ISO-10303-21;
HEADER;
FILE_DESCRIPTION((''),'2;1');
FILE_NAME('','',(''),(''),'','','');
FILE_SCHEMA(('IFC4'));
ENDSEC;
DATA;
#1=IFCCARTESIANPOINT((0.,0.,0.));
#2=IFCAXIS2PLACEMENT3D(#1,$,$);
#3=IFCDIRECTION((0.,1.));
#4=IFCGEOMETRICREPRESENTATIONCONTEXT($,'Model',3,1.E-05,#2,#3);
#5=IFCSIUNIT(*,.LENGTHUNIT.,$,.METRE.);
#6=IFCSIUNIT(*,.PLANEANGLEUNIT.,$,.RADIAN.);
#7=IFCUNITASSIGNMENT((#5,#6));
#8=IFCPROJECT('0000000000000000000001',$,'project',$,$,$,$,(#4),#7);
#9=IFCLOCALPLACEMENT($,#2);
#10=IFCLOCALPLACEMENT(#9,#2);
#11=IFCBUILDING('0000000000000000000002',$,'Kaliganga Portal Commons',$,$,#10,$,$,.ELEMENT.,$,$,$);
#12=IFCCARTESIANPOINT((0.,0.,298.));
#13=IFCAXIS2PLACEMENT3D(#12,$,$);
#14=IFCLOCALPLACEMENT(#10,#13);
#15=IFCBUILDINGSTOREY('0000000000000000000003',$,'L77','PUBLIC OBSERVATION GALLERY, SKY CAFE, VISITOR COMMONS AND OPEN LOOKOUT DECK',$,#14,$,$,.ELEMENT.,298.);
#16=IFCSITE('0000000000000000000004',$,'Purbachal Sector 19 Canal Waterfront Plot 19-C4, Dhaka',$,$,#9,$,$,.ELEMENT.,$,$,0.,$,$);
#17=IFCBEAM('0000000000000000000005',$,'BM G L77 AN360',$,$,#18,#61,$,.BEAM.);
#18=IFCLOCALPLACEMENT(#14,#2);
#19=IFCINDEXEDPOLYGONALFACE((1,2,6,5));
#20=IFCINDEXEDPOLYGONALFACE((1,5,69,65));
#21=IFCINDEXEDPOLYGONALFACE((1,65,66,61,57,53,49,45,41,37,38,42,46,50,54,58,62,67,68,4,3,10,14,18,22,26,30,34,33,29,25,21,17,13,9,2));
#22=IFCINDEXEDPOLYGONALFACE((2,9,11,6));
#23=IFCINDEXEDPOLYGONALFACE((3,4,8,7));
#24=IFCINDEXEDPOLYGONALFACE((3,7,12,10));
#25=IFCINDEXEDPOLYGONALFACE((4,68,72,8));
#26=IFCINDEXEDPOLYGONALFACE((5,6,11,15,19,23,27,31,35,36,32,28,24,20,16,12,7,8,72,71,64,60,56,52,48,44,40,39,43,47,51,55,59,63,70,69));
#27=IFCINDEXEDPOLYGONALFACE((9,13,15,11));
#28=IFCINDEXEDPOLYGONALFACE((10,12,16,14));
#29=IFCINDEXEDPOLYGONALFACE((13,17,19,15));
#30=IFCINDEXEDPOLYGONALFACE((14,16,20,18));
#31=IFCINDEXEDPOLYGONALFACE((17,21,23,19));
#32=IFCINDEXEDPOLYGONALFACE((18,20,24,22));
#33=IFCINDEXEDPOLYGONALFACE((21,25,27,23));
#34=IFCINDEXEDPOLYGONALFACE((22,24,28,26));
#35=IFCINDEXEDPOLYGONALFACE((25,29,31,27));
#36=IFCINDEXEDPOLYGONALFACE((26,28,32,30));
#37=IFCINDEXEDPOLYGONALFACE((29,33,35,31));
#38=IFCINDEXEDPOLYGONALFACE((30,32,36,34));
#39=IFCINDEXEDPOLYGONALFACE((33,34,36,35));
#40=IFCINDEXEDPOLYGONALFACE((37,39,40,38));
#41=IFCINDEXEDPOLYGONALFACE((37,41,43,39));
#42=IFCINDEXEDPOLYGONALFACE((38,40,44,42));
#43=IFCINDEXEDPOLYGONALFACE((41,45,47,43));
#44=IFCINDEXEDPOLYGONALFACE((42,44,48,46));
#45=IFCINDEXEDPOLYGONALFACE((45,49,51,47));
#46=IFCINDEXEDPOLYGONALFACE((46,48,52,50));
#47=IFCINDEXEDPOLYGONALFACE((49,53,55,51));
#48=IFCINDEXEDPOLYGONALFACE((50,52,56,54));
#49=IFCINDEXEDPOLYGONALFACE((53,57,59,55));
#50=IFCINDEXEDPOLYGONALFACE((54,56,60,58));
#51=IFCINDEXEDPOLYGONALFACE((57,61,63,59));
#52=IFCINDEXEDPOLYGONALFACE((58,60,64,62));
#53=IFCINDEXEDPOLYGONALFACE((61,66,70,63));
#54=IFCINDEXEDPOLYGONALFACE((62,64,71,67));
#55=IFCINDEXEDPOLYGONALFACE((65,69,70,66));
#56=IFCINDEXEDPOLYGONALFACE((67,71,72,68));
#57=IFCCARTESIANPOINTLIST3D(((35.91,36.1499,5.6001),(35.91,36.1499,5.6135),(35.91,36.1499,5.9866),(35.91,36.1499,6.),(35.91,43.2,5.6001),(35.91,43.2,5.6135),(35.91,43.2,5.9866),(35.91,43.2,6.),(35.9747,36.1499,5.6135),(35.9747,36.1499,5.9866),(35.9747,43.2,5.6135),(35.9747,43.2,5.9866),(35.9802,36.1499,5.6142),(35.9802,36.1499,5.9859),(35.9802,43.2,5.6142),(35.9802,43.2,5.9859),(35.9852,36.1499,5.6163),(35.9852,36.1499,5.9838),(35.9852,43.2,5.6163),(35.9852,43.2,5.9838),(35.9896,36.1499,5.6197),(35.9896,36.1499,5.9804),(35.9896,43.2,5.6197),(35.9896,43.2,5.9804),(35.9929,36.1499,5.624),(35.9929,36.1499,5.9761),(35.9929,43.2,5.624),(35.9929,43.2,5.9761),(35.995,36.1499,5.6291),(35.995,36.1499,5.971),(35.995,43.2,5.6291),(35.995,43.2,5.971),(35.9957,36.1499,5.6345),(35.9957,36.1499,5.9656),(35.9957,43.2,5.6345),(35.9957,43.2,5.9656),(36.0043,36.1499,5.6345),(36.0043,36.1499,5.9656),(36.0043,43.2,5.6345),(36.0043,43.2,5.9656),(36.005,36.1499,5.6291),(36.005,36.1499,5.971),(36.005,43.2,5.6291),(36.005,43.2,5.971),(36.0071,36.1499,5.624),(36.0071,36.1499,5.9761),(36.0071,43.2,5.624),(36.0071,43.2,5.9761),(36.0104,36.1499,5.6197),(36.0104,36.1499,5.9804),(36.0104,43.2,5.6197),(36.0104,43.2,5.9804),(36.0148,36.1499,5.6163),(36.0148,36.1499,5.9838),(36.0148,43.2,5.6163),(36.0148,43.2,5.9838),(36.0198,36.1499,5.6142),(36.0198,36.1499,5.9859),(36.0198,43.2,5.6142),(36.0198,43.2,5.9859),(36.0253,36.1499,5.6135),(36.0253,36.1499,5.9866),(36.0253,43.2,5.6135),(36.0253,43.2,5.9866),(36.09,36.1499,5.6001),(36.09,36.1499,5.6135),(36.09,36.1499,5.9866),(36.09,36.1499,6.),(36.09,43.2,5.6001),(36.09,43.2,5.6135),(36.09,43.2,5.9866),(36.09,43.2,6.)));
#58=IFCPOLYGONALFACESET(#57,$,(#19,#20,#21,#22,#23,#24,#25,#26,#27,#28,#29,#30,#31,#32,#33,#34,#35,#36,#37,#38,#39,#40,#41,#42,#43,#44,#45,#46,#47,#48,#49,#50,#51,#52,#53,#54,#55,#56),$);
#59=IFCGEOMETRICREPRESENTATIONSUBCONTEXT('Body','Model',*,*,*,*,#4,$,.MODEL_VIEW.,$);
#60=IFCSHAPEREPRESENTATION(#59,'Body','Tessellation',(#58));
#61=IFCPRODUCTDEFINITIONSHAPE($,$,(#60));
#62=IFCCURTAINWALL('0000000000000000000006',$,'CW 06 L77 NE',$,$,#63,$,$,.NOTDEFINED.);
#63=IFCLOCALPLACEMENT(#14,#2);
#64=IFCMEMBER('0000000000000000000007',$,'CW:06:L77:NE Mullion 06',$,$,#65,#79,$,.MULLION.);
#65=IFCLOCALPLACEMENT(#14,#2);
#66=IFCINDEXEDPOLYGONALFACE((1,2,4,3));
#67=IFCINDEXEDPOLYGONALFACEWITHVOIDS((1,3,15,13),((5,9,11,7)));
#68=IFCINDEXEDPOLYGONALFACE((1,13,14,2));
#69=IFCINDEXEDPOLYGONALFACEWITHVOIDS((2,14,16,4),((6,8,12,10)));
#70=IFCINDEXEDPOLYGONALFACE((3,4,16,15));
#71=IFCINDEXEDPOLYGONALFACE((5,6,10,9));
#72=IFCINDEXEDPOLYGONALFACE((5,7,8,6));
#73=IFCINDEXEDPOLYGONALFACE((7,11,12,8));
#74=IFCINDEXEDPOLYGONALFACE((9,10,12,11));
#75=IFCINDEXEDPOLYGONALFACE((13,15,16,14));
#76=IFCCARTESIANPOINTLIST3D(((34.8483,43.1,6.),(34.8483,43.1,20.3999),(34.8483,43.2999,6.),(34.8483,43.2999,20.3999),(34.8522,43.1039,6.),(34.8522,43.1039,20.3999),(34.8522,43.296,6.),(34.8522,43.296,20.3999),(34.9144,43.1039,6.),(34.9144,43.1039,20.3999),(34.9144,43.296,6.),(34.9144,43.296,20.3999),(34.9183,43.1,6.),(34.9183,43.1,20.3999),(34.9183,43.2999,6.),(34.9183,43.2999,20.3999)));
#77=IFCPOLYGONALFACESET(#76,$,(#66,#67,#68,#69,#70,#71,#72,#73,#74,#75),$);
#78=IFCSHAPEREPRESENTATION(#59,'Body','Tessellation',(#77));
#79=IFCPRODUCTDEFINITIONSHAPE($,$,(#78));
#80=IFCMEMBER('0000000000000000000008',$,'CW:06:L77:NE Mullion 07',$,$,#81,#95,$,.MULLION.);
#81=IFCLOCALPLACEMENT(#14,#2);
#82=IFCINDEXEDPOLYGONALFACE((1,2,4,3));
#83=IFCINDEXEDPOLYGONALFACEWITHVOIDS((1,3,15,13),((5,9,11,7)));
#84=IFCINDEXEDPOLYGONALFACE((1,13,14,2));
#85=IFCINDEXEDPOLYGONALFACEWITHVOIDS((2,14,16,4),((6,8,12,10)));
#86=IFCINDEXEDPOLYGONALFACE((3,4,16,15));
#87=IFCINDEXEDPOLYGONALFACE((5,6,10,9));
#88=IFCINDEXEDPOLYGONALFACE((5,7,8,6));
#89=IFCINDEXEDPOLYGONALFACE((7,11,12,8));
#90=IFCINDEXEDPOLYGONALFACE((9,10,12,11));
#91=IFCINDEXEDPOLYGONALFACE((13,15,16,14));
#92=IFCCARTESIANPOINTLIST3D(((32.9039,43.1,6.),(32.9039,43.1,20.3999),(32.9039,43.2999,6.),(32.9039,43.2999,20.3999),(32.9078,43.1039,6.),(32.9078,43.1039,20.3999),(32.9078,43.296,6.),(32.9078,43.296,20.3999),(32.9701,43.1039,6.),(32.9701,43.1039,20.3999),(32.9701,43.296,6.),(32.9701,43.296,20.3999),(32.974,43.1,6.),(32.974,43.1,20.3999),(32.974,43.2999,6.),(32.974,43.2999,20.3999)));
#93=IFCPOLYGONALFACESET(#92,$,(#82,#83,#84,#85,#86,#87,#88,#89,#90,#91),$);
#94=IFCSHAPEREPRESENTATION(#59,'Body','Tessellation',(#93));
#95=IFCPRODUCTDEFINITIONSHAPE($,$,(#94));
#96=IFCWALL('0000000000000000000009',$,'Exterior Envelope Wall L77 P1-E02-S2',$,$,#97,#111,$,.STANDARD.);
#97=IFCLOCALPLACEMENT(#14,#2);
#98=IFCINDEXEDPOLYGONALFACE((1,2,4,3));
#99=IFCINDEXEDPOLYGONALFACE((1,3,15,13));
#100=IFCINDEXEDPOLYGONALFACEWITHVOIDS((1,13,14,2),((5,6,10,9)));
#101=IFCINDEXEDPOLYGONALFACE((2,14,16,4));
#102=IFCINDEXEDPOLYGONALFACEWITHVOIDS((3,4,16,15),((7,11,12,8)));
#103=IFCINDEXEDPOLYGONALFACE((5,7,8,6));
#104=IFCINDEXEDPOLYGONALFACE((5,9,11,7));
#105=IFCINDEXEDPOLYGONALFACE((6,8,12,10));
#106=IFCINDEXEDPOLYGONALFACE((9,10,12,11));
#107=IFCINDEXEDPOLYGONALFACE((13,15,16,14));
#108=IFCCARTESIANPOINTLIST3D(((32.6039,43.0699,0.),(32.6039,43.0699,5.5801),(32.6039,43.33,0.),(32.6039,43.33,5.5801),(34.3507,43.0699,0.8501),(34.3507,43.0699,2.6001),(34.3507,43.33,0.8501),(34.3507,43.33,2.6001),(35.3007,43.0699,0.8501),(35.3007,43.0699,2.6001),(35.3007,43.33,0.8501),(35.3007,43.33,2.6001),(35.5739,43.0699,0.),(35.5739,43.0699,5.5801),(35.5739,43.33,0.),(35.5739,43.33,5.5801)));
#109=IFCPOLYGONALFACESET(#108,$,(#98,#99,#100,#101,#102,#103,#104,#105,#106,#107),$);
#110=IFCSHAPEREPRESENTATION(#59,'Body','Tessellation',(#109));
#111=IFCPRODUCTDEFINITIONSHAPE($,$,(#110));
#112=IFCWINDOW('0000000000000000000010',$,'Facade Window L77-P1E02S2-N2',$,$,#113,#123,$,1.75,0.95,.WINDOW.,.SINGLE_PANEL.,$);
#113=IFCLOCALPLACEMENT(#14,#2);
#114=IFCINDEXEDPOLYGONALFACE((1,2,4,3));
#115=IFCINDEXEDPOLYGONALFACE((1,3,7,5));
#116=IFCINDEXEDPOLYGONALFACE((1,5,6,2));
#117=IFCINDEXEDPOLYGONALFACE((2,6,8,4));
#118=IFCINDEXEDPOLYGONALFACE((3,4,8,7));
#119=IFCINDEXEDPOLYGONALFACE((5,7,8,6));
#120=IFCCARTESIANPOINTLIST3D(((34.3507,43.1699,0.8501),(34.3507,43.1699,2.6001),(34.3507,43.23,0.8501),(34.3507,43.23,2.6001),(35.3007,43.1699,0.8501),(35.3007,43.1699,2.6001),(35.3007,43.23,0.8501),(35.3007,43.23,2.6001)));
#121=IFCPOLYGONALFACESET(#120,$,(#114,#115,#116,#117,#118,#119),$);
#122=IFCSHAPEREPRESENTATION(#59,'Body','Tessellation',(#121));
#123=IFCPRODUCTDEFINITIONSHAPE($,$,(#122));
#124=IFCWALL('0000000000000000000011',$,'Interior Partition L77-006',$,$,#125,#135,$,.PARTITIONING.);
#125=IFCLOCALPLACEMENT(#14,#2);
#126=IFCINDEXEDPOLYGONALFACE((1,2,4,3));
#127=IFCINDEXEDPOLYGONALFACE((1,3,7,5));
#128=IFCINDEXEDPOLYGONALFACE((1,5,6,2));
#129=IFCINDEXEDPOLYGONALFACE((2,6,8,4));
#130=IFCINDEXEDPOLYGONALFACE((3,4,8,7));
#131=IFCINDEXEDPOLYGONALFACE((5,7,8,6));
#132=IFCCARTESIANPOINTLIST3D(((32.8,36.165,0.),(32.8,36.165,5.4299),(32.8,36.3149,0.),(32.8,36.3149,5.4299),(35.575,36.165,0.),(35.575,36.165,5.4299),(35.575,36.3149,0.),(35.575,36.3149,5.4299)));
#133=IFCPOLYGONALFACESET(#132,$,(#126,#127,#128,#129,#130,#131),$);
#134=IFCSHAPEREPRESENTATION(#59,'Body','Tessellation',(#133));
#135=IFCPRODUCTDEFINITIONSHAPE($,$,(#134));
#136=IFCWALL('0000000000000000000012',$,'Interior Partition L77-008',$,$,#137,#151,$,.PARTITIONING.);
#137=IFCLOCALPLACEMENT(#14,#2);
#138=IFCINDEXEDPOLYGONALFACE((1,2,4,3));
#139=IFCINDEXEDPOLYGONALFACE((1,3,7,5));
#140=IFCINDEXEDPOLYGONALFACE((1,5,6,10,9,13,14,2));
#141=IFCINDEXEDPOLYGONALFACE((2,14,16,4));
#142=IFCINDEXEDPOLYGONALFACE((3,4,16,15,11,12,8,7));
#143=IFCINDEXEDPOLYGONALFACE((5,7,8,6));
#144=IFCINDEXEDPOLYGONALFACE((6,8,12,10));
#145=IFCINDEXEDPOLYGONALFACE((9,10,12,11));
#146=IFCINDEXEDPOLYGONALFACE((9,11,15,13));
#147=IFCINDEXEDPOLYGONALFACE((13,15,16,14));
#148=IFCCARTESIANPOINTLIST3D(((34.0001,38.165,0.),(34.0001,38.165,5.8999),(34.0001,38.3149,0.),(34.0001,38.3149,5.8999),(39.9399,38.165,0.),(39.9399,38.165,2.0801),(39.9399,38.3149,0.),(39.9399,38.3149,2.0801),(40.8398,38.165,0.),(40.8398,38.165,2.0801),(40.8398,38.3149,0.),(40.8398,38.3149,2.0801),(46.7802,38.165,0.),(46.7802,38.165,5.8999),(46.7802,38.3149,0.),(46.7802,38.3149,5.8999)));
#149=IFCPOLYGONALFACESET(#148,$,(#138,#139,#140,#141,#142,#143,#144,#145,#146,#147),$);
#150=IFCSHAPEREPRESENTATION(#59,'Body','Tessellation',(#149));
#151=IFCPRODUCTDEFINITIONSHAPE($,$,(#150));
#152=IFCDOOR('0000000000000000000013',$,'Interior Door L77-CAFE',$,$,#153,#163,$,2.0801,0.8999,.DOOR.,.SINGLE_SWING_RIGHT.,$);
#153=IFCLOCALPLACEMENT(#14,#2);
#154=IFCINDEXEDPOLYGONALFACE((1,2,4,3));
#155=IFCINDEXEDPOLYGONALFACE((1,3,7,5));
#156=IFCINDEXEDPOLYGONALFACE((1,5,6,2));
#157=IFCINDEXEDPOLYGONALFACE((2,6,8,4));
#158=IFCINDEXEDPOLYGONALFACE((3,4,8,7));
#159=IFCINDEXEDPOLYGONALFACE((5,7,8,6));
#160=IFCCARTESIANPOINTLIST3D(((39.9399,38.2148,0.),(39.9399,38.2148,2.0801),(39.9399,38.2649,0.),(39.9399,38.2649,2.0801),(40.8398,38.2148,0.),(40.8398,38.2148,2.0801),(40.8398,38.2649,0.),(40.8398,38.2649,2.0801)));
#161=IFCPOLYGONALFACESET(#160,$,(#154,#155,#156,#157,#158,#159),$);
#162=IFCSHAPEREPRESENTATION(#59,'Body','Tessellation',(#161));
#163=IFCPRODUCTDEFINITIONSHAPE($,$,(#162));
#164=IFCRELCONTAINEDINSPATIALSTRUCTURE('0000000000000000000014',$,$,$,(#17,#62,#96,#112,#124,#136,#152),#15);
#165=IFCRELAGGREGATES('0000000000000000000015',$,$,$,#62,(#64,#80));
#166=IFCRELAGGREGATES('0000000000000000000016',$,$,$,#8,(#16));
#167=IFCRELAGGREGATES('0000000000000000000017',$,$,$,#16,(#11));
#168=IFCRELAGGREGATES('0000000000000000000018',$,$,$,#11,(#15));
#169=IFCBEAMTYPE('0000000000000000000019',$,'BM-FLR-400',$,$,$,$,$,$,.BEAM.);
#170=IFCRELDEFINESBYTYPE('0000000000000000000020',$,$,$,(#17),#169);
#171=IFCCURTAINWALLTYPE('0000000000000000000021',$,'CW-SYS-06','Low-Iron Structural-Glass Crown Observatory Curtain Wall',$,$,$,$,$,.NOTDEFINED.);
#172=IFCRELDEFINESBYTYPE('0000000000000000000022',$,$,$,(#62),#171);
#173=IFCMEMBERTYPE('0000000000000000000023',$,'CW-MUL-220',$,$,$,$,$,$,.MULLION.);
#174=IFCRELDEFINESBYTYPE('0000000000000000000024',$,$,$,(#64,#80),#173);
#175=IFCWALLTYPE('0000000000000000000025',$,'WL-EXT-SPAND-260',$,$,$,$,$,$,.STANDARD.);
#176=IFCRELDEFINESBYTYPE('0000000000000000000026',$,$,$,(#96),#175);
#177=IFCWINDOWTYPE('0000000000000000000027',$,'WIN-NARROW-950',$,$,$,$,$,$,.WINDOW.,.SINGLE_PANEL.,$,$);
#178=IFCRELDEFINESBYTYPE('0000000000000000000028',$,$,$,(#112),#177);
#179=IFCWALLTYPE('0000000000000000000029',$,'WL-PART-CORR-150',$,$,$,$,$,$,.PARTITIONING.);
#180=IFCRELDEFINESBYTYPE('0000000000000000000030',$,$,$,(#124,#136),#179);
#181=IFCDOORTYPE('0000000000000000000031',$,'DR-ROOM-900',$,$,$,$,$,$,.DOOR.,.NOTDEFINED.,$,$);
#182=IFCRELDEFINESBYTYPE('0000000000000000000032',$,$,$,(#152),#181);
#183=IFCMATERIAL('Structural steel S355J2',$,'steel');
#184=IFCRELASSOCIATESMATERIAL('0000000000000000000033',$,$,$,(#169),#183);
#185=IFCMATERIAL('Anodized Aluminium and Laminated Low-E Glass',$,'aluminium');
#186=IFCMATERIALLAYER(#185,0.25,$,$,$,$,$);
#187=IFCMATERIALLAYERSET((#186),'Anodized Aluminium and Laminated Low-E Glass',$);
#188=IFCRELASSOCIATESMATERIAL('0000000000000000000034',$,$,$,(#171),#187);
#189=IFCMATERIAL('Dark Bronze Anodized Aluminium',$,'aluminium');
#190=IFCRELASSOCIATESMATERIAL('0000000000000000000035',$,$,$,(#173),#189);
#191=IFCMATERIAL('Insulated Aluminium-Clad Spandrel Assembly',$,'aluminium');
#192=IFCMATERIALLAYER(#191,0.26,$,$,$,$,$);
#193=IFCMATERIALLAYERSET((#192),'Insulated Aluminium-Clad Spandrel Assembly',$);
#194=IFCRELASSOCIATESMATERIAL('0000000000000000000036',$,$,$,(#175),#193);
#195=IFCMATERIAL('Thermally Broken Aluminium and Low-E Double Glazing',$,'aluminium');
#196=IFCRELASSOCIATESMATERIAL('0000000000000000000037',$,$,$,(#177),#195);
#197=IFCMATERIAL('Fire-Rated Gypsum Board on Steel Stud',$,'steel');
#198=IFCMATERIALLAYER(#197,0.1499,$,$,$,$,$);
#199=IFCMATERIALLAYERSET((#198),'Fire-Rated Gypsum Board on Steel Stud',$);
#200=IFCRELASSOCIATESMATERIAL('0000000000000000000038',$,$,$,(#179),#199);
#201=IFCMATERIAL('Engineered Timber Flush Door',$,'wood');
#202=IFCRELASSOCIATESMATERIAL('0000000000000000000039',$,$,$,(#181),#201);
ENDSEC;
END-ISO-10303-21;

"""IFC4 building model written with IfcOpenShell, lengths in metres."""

from ifc_helpers import new_model, si_unit, direction, frame, frame_2d, origin, origin_2d, place, context, subcontext, project, spatial, rectangle, hollow_rectangle, i_section, extrude, source, transform, mapped, material, layer, layer_set, material_profile, profile_set, type_object, element, fill, aggregate, save


model = new_model("IFC4")

# Units and contexts
model_context = context("Model", 3, precision=1e-05, world=origin(), true_north=direction((0.0, 1.0)))
body_context = subcontext(model_context, "Body", "Model", "MODEL_VIEW")
ifc_project = project(units=[si_unit("LENGTHUNIT", "METRE"), si_unit("PLANEANGLEUNIT", "RADIAN")], contexts=[model_context])

# Site, building, storey
site_placement = place(None, origin())
site = spatial("IfcSite", under=ifc_project, at=site_placement, Name="Purbachal Sector 19 Canal Waterfront Plot 19-C4, Dhaka", CompositionType="ELEMENT", RefElevation=0.0)
building_placement = place(site_placement, origin())
building = spatial("IfcBuilding", under=site, at=building_placement, Name="Kaliganga Portal Commons", CompositionType="ELEMENT")
storey_placement = place(building_placement, frame((0.0, 0.0, 298.0)))
storey = spatial("IfcBuildingStorey", under=building, at=storey_placement, Name="L77", Description="PUBLIC OBSERVATION GALLERY, SKY CAFE, VISITOR COMMONS AND OPEN LOOKOUT DECK", CompositionType="ELEMENT", Elevation=298.0)

# Beam
ifc_material_1 = material(Name="Structural steel S355J2", Category="steel")
ifc_material_profile_1 = material_profile(ifc_material_1, i_section(OverallWidth=0.1799, OverallDepth=0.3999, WebThickness=0.0085, FlangeThickness=0.0134, FilletRadius=0.021, at=origin_2d()), Name="IPE 400")
ifc_profile_set_1 = profile_set([ifc_material_profile_1], Name="Structural steel S355J2 wide-flange")
beam_type_1 = type_object("IfcBeamType", Name="BM-FLR-400", PredefinedType="BEAM", material=ifc_profile_set_1)
shared_shape_1 = source(origin(), body_context, "Body", "SweptSolid", [
    extrude(i_section(OverallWidth=0.1799, OverallDepth=0.3999, WebThickness=0.0085, FlangeThickness=0.0134, FilletRadius=0.021, at=origin_2d()), origin(), (0.0, 0.0, 1.0), 7.05),
])
beam_1_placement = place(storey_placement, frame((36.0, 36.1499, 5.8), z_axis=(0.0, 1.0, 0.0), x_axis=(-1.0, 0.0, 0.0)))
element("IfcBeam", 1, at=beam_1_placement, inside=storey, type_object=beam_type_1, Name="BM G L77 AN360", PredefinedType="BEAM", context=body_context, shape_type="MappedRepresentation", body=[
    mapped(shared_shape_1, transform((0.0, 0.0, 0.0), x_axis=(1.0, 0.0, 0.0), y_axis=(0.0, 1.0, 0.0), z_axis=(0.0, 0.0, 1.0), scale=1.0)),
])

# Curtain wall, members
ifc_material_2 = material(Name="Anodized Aluminium and Laminated Low-E Glass", Category="aluminium")
ifc_layer_1 = layer(ifc_material_2, 0.25)
ifc_layer_set_1 = layer_set([ifc_layer_1], Name="Anodized Aluminium and Laminated Low-E Glass")
curtain_wall_type = type_object("IfcCurtainWallType", Name="CW-SYS-06", Description="Low-Iron Structural-Glass Crown Observatory Curtain Wall", PredefinedType="NOTDEFINED", material=ifc_layer_set_1)
curtain_wall_placement = place(storey_placement, origin())
curtain_wall = element("IfcCurtainWall", 2, at=curtain_wall_placement, inside=storey, type_object=curtain_wall_type, Name="CW 06 L77 NE", PredefinedType="NOTDEFINED")
ifc_material_3 = material(Name="Dark Bronze Anodized Aluminium", Category="aluminium")
ifc_material_profile_2 = material_profile(ifc_material_3, hollow_rectangle(XDim=0.0701, YDim=0.2, WallThickness=0.0039, at=origin_2d()), Name="ALU MULL 70x200x4")
ifc_profile_set_2 = profile_set([ifc_material_profile_2], Name="Dark Bronze Anodized Aluminium")
member_type = type_object("IfcMemberType", Name="CW-MUL-220", PredefinedType="MULLION", material=ifc_profile_set_2)
shared_shape_2 = source(origin(), body_context, "Body", "SweptSolid", [
    extrude(hollow_rectangle(XDim=0.0701, YDim=0.2, WallThickness=0.0039, at=origin_2d()), origin(), (0.0, 0.0, 1.0), 14.3999),
])
member_1_placement = place(storey_placement, frame((34.8833, 43.2, 6.0), z_axis=(0.0, 0.0, 1.0), x_axis=(-1.0, 0.0, 0.0)))
member_1 = element("IfcMember", 3, at=member_1_placement, type_object=member_type, Name="CW:06:L77:NE Mullion 06", PredefinedType="MULLION", context=body_context, shape_type="MappedRepresentation", body=[
    mapped(shared_shape_2, transform((0.0, 0.0, 0.0), x_axis=(1.0, 0.0, 0.0), y_axis=(0.0, 1.0, 0.0), z_axis=(0.0, 0.0, 1.0), scale=1.0)),
])
member_2_placement = place(storey_placement, frame((32.939, 43.2, 6.0), z_axis=(0.0, 0.0, 1.0), x_axis=(-1.0, 0.0, 0.0)))
member_2 = element("IfcMember", 4, at=member_2_placement, type_object=member_type, Name="CW:06:L77:NE Mullion 07", PredefinedType="MULLION", context=body_context, shape_type="MappedRepresentation", body=[
    mapped(shared_shape_2, transform((0.0, 0.0, 0.0), x_axis=(1.0, 0.0, 0.0), y_axis=(0.0, 1.0, 0.0), z_axis=(0.0, 0.0, 1.0), scale=1.0)),
])
aggregate(curtain_wall, [member_1, member_2])

# Wall, opening, window
ifc_material_4 = material(Name="Insulated Aluminium-Clad Spandrel Assembly", Category="aluminium")
ifc_layer_2 = layer(ifc_material_4, 0.26)
ifc_layer_set_2 = layer_set([ifc_layer_2], Name="Insulated Aluminium-Clad Spandrel Assembly")
wall_type_1 = type_object("IfcWallType", Name="WL-EXT-SPAND-260", PredefinedType="STANDARD", material=ifc_layer_set_2)
wall_1_placement = place(storey_placement, frame((32.604, 43.2, 0.0), z_axis=(0.0, 0.0, 1.0), x_axis=(1.0, 0.0, 0.0)))
wall_1 = element("IfcWall", 5, at=wall_1_placement, inside=storey, type_object=wall_type_1, Name="Exterior Envelope Wall L77 P1-E02-S2", PredefinedType="STANDARD", context=body_context, shape_type="SweptSolid", body=[
    extrude(rectangle(XDim=2.97, YDim=0.26, at=frame_2d((1.4849, 0.0))), origin(), (0.0, 0.0, 1.0), 5.5801),
])
opening_1_placement = place(wall_1_placement, frame((1.7466, 0.0, 0.8501)))
opening_1 = element("IfcOpeningElement", 6, at=opening_1_placement, cuts=wall_1, PredefinedType="OPENING", context=body_context, shape_type="SweptSolid", body=[
    extrude(rectangle(XDim=0.95, YDim=1.75, at=frame_2d((0.4751, 0.875))), frame((0.0, 0.1401, 0.0), z_axis=(0.0, -1.0, 0.0), x_axis=(1.0, 0.0, 0.0)), (0.0, 0.0, 1.0), 0.28),
])
ifc_material_5 = material(Name="Thermally Broken Aluminium and Low-E Double Glazing", Category="aluminium")
window_type = type_object("IfcWindowType", Name="WIN-NARROW-950", PartitioningType="SINGLE_PANEL", PredefinedType="WINDOW", material=ifc_material_5)
window_placement = place(opening_1_placement, origin())
window = element("IfcWindow", 7, at=window_placement, inside=storey, type_object=window_type, Name="Facade Window L77-P1E02S2-N2", OverallHeight=1.75, OverallWidth=0.95, PartitioningType="SINGLE_PANEL", PredefinedType="WINDOW", context=body_context, shape_type="SweptSolid", body=[
    extrude(rectangle(XDim=0.95, YDim=1.75, at=frame_2d((0.4751, 0.875))), frame((0.0, 0.03, 0.0), z_axis=(0.0, -1.0, 0.0), x_axis=(1.0, 0.0, 0.0)), (0.0, 0.0, 1.0), 0.0601),
])
fill(opening_1, window)

# Wall
ifc_material_6 = material(Name="Fire-Rated Gypsum Board on Steel Stud", Category="steel")
ifc_layer_3 = layer(ifc_material_6, 0.1499)
ifc_layer_set_3 = layer_set([ifc_layer_3], Name="Fire-Rated Gypsum Board on Steel Stud")
wall_type_2 = type_object("IfcWallType", Name="WL-PART-CORR-150", PredefinedType="PARTITIONING", material=ifc_layer_set_3)
wall_2_placement = place(storey_placement, frame((32.8, 36.24, 0.0), z_axis=(0.0, 0.0, 1.0), x_axis=(1.0, 0.0, 0.0)))
element("IfcWall", 8, at=wall_2_placement, inside=storey, type_object=wall_type_2, Name="Interior Partition L77-006", PredefinedType="PARTITIONING", context=body_context, shape_type="SweptSolid", body=[
    extrude(rectangle(XDim=2.7749, YDim=0.1499, at=frame_2d((1.3875, 0.0))), origin(), (0.0, 0.0, 1.0), 5.4299),
])

# Wall, opening, door
wall_3_placement = place(storey_placement, frame((34.0, 38.24, 0.0), z_axis=(0.0, 0.0, 1.0), x_axis=(1.0, 0.0, 0.0)))
wall_3 = element("IfcWall", 9, at=wall_3_placement, inside=storey, type_object=wall_type_2, Name="Interior Partition L77-008", PredefinedType="PARTITIONING", context=body_context, shape_type="SweptSolid", body=[
    extrude(rectangle(XDim=12.78, YDim=0.1499, at=frame_2d((6.3901, 0.0))), origin(), (0.0, 0.0, 1.0), 5.8999),
])
opening_2_placement = place(wall_3_placement, frame((5.9399, 0.0, 0.0)))
opening_2 = element("IfcOpeningElement", 10, at=opening_2_placement, cuts=wall_3, PredefinedType="OPENING", context=body_context, shape_type="SweptSolid", body=[
    extrude(rectangle(XDim=0.8999, YDim=2.0801, at=frame_2d((0.45, 1.04))), frame((0.0, 0.085, 0.0), z_axis=(0.0, -1.0, 0.0), x_axis=(1.0, 0.0, 0.0)), (0.0, 0.0, 1.0), 0.1699),
])
ifc_material_7 = material(Name="Engineered Timber Flush Door", Category="wood")
door_type = type_object("IfcDoorType", Name="DR-ROOM-900", OperationType="NOTDEFINED", PredefinedType="DOOR", material=ifc_material_7)
door_placement = place(opening_2_placement, origin())
door = element("IfcDoor", 11, at=door_placement, inside=storey, type_object=door_type, Name="Interior Door L77-CAFE", OperationType="SINGLE_SWING_RIGHT", OverallHeight=2.0801, OverallWidth=0.8999, PredefinedType="DOOR", context=body_context, shape_type="SweptSolid", body=[
    extrude(rectangle(XDim=0.8999, YDim=2.0801, at=frame_2d((0.45, 1.04))), frame((0.0, 0.0249, 0.0), z_axis=(0.0, -1.0, 0.0), x_axis=(1.0, 0.0, 0.0)), (0.0, 0.0, 1.0), 0.05),
])
fill(opening_2, door)

save(model, "model.ifc")
